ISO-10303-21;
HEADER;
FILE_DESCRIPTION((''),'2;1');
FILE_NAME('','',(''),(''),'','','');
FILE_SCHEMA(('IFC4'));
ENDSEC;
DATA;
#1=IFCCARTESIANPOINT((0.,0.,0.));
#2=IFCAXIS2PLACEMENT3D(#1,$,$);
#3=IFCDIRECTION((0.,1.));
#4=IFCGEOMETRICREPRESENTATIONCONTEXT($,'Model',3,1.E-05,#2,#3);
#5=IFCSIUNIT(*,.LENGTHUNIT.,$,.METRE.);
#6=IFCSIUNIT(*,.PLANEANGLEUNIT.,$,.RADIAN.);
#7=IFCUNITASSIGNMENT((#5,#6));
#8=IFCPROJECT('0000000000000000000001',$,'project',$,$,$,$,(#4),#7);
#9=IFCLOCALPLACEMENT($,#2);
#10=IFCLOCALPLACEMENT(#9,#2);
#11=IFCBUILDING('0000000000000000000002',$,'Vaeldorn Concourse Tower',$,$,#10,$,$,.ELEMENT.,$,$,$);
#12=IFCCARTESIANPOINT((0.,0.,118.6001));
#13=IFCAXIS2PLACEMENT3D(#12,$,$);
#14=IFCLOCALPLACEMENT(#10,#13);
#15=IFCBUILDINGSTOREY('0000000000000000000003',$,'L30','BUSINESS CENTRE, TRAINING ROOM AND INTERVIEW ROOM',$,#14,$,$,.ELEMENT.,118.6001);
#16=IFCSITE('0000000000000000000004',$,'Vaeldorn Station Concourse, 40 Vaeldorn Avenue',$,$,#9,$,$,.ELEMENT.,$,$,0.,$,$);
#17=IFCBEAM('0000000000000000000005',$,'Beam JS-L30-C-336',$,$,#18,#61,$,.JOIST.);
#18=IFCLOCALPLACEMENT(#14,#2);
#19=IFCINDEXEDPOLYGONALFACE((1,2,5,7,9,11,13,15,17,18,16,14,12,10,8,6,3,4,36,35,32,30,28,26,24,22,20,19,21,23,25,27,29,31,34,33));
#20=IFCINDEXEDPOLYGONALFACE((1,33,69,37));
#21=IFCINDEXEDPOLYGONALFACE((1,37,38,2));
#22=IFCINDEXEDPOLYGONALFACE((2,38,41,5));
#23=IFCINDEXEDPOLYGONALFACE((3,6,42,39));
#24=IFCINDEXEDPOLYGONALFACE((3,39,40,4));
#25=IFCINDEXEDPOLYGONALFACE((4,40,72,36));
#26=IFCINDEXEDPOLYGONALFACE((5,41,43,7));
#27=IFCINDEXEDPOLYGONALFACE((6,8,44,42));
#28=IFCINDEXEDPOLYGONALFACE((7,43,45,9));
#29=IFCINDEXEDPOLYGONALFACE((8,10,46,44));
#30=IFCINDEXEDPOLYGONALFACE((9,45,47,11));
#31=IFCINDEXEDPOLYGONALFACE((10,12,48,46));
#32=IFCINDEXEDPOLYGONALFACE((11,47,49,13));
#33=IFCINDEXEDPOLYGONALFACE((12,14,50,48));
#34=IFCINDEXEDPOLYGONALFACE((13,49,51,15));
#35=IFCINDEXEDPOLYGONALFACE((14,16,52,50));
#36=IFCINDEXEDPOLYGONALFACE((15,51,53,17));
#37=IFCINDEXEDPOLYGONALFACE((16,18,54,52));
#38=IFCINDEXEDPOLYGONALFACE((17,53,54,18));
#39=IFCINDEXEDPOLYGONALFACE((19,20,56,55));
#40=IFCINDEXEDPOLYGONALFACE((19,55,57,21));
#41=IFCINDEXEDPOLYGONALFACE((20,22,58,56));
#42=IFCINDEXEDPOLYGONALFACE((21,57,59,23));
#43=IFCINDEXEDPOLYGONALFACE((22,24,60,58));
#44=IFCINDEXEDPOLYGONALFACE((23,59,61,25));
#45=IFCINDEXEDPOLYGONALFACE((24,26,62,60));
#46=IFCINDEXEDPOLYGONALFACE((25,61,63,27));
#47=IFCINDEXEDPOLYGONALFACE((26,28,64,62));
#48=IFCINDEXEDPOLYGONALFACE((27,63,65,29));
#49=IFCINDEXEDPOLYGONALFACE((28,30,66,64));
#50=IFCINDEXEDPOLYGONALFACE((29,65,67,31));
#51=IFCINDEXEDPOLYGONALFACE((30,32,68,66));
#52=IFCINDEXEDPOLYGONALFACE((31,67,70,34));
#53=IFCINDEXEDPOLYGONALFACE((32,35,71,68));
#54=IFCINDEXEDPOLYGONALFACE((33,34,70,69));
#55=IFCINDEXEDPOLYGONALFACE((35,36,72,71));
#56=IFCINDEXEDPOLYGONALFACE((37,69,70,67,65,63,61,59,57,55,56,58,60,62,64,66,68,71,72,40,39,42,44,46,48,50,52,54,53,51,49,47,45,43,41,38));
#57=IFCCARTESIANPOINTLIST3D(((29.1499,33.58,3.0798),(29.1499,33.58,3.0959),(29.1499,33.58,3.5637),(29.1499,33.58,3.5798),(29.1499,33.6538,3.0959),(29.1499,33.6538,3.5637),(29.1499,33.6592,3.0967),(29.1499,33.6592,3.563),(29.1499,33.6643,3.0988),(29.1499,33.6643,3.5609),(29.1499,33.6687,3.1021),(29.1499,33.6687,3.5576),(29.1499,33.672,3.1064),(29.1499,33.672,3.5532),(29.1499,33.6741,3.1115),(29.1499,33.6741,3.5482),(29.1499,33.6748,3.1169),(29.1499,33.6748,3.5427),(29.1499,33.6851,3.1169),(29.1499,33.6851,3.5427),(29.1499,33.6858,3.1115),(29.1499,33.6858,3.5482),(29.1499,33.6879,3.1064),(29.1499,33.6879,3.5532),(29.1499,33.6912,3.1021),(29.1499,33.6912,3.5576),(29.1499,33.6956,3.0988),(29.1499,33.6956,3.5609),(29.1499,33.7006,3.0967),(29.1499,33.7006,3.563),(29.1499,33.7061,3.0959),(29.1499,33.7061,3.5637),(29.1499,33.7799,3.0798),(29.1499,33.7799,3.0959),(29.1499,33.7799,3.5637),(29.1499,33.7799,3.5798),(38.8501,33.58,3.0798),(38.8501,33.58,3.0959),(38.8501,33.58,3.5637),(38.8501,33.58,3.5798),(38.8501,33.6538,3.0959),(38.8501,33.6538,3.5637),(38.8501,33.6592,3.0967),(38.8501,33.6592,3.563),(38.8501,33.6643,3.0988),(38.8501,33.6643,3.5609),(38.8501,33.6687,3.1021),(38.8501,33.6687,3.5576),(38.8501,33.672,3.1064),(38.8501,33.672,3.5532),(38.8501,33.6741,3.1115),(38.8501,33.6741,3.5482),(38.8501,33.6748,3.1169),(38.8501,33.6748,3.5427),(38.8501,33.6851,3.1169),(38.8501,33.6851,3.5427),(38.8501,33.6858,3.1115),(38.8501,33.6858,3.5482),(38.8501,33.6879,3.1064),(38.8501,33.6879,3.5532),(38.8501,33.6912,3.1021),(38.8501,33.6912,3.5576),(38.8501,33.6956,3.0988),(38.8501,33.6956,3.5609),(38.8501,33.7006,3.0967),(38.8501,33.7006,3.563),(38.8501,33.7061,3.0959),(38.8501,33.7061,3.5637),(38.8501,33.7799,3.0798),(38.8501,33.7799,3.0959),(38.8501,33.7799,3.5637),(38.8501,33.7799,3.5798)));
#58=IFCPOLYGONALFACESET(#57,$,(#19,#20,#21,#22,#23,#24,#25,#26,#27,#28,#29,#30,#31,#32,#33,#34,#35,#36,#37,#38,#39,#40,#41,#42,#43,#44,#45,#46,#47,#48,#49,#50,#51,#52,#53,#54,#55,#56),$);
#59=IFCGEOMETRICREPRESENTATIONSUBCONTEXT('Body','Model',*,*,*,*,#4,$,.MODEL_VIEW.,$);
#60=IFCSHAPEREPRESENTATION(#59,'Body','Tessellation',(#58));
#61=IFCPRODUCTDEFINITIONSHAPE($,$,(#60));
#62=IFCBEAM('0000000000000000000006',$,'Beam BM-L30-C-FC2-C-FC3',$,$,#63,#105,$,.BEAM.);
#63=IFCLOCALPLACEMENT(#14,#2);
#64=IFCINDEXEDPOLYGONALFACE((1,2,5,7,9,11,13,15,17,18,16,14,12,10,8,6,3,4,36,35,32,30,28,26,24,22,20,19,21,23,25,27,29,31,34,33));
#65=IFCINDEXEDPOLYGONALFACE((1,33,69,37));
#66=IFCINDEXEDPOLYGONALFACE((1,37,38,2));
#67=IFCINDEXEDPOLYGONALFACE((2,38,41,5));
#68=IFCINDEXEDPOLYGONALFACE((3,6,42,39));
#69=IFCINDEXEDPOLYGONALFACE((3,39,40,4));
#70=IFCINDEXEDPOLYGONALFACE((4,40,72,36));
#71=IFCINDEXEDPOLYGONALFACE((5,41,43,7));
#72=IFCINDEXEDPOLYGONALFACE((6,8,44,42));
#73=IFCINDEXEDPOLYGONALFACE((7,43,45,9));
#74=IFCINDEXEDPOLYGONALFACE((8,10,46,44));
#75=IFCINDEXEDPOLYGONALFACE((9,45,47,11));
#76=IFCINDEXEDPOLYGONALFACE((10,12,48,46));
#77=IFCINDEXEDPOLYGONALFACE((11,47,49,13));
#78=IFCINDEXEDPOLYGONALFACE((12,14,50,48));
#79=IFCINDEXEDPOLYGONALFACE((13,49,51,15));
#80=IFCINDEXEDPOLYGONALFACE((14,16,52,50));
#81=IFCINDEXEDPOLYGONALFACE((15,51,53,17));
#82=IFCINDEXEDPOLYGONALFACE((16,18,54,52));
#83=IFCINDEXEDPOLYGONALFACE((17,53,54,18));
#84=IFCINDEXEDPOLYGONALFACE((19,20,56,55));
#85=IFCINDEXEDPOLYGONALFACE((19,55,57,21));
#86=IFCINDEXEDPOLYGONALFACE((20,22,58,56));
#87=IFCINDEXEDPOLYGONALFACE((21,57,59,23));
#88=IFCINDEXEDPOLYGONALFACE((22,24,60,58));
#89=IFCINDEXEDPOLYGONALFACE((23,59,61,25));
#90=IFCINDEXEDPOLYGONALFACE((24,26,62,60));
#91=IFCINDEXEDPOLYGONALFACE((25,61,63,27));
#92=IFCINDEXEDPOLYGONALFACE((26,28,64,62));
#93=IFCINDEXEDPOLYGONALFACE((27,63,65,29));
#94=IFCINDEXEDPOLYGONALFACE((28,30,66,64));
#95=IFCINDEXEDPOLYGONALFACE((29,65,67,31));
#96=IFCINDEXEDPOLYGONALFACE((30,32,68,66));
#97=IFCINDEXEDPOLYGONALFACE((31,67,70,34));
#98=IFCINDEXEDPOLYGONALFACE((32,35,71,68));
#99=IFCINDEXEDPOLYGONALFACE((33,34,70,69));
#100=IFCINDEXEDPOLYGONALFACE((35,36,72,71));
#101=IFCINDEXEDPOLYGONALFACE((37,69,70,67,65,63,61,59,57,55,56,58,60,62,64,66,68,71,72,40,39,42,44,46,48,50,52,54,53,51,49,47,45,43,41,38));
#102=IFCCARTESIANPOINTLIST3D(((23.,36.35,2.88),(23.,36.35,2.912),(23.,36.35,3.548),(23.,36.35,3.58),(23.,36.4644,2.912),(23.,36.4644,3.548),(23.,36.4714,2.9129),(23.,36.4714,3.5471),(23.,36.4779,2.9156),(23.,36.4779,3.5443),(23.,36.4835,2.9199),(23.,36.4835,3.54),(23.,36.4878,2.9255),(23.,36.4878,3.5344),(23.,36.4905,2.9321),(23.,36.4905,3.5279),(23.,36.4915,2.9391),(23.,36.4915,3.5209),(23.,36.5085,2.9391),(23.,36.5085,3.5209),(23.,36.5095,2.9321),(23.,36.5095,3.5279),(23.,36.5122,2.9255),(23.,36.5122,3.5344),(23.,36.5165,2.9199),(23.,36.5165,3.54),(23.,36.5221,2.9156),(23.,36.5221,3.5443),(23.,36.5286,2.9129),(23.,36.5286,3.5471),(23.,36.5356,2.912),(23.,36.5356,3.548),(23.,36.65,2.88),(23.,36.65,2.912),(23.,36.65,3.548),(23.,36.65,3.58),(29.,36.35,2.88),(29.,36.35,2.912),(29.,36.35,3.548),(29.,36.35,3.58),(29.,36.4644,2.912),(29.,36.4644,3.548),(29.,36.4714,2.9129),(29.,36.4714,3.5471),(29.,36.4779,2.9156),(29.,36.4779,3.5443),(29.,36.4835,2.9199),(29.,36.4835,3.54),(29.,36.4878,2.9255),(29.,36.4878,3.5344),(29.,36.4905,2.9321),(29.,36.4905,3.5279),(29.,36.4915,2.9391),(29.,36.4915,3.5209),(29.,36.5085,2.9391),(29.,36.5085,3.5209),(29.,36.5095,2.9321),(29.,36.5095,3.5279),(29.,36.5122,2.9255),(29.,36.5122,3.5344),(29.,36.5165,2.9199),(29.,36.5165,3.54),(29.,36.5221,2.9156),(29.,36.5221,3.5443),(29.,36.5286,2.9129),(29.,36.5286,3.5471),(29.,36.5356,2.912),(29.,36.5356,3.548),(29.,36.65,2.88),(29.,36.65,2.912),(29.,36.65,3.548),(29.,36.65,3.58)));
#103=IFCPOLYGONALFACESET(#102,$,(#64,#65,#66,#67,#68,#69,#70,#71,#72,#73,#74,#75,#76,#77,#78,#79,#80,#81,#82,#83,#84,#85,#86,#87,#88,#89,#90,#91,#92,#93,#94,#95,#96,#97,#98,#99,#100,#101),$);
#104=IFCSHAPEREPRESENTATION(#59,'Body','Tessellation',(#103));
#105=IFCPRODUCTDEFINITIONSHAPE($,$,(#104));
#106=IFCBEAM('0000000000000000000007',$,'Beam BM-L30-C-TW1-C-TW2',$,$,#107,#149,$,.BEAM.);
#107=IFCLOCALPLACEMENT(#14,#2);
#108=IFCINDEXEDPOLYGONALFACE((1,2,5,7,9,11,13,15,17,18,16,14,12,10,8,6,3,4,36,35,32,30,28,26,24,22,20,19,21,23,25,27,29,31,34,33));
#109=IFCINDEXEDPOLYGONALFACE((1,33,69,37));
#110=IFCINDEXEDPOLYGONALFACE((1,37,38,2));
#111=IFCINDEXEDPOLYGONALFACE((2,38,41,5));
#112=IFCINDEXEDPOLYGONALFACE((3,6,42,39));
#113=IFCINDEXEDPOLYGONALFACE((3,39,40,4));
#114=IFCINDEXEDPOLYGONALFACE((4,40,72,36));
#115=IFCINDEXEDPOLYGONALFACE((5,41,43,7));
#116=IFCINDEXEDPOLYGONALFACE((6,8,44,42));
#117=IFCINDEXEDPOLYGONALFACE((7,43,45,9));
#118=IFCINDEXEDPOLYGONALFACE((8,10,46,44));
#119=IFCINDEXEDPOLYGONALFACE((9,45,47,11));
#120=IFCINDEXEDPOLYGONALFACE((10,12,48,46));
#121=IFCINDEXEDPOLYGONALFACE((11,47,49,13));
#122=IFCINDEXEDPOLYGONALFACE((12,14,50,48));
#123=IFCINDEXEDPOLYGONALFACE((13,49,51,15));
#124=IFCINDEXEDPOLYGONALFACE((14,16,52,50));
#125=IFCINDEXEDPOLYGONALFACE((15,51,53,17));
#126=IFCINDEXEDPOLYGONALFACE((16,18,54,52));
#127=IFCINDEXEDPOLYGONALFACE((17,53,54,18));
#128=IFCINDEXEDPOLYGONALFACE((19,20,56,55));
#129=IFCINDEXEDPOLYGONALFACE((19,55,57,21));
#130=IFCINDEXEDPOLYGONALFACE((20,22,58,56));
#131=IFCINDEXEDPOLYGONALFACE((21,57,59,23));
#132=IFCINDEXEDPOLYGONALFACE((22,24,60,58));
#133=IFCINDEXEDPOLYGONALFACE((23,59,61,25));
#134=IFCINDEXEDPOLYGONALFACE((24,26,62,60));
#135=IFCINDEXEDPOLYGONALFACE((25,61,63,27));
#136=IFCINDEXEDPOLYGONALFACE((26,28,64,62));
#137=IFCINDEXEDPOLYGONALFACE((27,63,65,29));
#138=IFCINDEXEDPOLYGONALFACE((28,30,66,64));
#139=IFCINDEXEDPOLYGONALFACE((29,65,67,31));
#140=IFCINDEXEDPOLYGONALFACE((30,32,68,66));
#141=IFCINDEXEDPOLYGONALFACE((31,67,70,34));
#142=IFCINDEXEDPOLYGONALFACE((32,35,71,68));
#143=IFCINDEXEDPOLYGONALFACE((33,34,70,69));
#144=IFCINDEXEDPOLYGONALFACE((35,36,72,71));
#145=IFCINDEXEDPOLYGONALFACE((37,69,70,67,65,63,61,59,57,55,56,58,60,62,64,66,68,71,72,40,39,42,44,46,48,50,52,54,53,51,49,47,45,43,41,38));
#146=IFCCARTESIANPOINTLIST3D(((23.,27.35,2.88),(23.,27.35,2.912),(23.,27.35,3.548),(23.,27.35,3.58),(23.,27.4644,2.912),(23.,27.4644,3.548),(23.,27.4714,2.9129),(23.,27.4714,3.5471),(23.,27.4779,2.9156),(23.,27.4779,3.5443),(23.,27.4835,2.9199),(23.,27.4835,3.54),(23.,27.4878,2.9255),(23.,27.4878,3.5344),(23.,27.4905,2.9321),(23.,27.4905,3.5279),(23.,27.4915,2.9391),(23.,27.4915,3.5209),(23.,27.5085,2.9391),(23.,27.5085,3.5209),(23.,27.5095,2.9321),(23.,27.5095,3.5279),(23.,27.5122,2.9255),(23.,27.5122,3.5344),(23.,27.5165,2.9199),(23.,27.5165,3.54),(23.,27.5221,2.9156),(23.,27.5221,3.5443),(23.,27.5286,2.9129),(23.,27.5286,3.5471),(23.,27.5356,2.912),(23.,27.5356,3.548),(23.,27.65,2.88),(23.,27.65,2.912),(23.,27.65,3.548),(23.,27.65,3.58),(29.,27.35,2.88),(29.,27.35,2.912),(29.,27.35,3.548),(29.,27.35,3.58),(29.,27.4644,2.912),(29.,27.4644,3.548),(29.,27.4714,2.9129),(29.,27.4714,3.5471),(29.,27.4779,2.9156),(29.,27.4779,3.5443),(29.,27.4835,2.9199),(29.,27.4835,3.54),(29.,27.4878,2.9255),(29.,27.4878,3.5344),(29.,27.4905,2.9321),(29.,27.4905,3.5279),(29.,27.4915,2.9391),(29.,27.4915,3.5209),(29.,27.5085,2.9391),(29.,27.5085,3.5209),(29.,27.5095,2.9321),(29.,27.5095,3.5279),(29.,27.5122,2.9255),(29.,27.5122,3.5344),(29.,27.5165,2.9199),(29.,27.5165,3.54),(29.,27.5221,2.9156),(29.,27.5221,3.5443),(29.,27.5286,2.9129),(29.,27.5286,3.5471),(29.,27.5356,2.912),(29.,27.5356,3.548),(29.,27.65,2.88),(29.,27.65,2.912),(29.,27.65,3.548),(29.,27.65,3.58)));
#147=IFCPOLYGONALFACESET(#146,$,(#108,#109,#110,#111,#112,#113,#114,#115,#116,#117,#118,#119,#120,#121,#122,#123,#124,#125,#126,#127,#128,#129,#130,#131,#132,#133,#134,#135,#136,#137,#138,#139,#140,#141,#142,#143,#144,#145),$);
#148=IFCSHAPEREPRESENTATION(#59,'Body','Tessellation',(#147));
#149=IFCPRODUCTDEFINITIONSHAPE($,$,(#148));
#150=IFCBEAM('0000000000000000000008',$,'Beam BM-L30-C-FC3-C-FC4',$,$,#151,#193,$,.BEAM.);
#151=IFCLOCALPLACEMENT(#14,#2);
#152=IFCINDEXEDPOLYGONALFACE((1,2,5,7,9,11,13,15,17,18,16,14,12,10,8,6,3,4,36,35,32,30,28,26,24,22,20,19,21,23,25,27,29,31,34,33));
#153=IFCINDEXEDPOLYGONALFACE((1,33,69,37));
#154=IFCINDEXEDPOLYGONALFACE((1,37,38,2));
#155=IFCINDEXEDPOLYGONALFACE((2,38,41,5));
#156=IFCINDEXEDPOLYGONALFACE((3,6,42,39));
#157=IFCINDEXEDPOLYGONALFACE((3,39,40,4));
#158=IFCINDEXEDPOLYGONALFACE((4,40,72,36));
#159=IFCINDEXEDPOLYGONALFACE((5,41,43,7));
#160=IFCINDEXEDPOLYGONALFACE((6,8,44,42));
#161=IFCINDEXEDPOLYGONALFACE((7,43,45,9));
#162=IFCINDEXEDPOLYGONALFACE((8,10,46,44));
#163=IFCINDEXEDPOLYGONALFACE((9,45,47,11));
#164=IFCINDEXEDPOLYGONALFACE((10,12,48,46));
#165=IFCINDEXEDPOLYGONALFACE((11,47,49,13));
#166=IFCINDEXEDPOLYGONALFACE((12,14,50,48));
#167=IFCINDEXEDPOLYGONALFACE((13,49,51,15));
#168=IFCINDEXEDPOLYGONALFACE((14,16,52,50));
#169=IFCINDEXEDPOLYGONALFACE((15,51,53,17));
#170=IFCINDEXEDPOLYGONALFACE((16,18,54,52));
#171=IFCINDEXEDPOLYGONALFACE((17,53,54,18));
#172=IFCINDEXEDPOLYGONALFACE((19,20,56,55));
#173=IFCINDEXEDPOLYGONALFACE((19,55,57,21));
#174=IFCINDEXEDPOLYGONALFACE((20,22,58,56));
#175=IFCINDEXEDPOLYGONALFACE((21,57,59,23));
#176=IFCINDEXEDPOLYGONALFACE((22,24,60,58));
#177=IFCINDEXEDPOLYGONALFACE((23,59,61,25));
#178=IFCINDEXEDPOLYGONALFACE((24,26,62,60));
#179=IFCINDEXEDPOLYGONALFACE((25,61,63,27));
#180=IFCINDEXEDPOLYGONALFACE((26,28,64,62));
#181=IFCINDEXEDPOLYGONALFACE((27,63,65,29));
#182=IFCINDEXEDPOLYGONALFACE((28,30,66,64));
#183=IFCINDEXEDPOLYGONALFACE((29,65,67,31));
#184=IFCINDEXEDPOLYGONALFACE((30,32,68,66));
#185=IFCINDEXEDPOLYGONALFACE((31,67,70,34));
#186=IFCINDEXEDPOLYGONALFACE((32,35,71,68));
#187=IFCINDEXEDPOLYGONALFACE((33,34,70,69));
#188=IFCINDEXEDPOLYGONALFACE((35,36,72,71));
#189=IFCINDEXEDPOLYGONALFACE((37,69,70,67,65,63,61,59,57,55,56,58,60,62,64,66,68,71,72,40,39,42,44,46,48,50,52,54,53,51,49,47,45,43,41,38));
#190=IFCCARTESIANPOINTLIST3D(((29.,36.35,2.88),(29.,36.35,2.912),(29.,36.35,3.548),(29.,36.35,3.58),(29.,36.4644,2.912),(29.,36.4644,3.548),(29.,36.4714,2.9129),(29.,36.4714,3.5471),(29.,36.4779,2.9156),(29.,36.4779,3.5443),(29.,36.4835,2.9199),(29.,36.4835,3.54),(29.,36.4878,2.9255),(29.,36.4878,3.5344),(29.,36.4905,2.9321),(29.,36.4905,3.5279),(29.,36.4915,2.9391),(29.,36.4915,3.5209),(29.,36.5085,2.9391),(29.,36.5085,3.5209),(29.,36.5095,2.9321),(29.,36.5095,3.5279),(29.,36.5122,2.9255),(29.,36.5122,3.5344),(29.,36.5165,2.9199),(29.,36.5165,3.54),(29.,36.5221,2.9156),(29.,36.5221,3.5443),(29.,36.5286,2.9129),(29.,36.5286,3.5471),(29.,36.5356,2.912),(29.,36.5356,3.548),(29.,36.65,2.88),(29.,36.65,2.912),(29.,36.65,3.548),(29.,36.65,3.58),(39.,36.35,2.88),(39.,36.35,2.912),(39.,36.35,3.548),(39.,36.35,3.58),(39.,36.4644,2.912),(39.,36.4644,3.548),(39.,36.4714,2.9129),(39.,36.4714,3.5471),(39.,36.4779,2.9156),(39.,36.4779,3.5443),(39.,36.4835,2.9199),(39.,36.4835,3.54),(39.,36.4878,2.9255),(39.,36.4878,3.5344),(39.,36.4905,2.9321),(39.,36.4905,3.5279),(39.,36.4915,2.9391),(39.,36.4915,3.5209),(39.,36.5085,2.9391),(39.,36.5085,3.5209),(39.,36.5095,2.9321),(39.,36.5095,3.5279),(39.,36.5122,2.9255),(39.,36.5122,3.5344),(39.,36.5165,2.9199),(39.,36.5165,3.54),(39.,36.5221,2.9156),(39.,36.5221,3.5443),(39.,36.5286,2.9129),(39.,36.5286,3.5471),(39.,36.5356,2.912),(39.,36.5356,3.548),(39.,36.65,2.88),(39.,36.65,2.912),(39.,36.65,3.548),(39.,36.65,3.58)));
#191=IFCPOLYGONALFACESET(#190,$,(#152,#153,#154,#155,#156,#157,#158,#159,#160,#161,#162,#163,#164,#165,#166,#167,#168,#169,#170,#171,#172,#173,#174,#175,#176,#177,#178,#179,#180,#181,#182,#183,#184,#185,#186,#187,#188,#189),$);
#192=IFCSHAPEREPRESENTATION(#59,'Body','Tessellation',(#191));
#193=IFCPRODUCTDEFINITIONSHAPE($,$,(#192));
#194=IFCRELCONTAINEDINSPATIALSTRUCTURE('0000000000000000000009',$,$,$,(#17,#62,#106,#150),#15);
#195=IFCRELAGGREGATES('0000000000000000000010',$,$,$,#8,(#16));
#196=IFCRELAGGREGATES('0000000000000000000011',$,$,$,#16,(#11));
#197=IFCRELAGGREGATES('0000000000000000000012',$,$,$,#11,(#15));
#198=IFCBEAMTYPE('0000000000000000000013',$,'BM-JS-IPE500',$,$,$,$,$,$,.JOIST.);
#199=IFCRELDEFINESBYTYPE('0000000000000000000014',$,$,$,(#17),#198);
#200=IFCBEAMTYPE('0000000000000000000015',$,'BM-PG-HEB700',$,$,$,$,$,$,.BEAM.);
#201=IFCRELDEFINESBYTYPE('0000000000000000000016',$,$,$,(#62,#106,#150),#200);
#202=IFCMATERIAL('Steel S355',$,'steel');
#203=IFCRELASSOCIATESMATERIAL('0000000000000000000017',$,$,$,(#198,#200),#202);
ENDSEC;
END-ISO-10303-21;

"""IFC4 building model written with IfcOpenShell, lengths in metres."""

from ifc_helpers import new_model, si_unit, direction, frame, origin, origin_2d, place, context, subcontext, project, spatial, i_section, extrude, source, transform, mapped, material, material_profile, profile_set, type_object, element, save


model = new_model("IFC4")

# Units and contexts
model_context = context("Model", 3, precision=1e-05, world=origin(), true_north=direction((0.0, 1.0)))
body_context = subcontext(model_context, "Body", "Model", "MODEL_VIEW")
ifc_project = project(units=[si_unit("LENGTHUNIT", "METRE"), si_unit("PLANEANGLEUNIT", "RADIAN")], contexts=[model_context])

# Site, building, storey
site_placement = place(None, origin())
site = spatial("IfcSite", under=ifc_project, at=site_placement, Name="Vaeldorn Station Concourse, 40 Vaeldorn Avenue", CompositionType="ELEMENT", RefElevation=0.0)
building_placement = place(site_placement, origin())
building = spatial("IfcBuilding", under=site, at=building_placement, Name="Vaeldorn Concourse Tower", CompositionType="ELEMENT")
storey_placement = place(building_placement, frame((0.0, 0.0, 118.6001)))
storey = spatial("IfcBuildingStorey", under=building, at=storey_placement, Name="L30", Description="BUSINESS CENTRE, TRAINING ROOM AND INTERVIEW ROOM", CompositionType="ELEMENT", Elevation=118.6001)

# Beams
ifc_material_1 = material(Name="Steel S355", Category="steel")
ifc_material_profile_1 = material_profile(ifc_material_1, i_section(OverallWidth=0.2, OverallDepth=0.5, WebThickness=0.0103, FlangeThickness=0.0161, FilletRadius=0.021, at=origin_2d()), Name="IPE 500")
ifc_profile_set_1 = profile_set([ifc_material_profile_1], Name="Steel S355")
beam_type_1 = type_object("IfcBeamType", Name="BM-JS-IPE500", PredefinedType="JOIST", material=ifc_profile_set_1)
shared_shape_1 = source(origin(), body_context, "Body", "SweptSolid", [
    extrude(i_section(OverallWidth=0.2, OverallDepth=0.5, WebThickness=0.0103, FlangeThickness=0.0161, FilletRadius=0.021, at=origin_2d()), origin(), (0.0, 0.0, 1.0), 9.7002),
])
for number, where, z_axis, x_axis, name in (
    (1, (29.1499, 33.6799, 3.3298), (1.0, 0.0, 0.0), (0.0, 1.0, 0.0), "Beam JS-L30-C-336"),
):
    element("IfcBeam", number, at=place(storey_placement, frame(where, z_axis=z_axis, x_axis=x_axis)), inside=storey, type_object=beam_type_1, Name=name, PredefinedType="JOIST", context=body_context, shape_type="MappedRepresentation", body=[
        mapped(shared_shape_1, transform((0.0, 0.0, 0.0), scale=1.0)),
    ])
ifc_material_profile_2 = material_profile(ifc_material_1, i_section(OverallWidth=0.3, OverallDepth=0.7, WebThickness=0.0171, FlangeThickness=0.032, FilletRadius=0.0271, at=origin_2d()), Name="HEB 700")
ifc_profile_set_2 = profile_set([ifc_material_profile_2], Name="Steel S355")
beam_type_2 = type_object("IfcBeamType", Name="BM-PG-HEB700", PredefinedType="BEAM", material=ifc_profile_set_2)
shared_shape_2 = source(origin(), body_context, "Body", "SweptSolid", [
    extrude(i_section(OverallWidth=0.3, OverallDepth=0.7, WebThickness=0.0171, FlangeThickness=0.032, FilletRadius=0.0271, at=origin_2d()), origin(), (0.0, 0.0, 1.0), 6.0),
])
for number, where, z_axis, x_axis, name in (
    (2, (23.0, 36.5, 3.23), (1.0, 0.0, 0.0), (0.0, 1.0, 0.0), "Beam BM-L30-C-FC2-C-FC3"),
    (3, (23.0, 27.5, 3.23), (1.0, 0.0, 0.0), (0.0, 1.0, 0.0), "Beam BM-L30-C-TW1-C-TW2"),
):
    element("IfcBeam", number, at=place(storey_placement, frame(where, z_axis=z_axis, x_axis=x_axis)), inside=storey, type_object=beam_type_2, Name=name, PredefinedType="BEAM", context=body_context, shape_type="MappedRepresentation", body=[
        mapped(shared_shape_2, transform((0.0, 0.0, 0.0), scale=1.0)),
    ])
shared_shape_3 = source(origin(), body_context, "Body", "SweptSolid", [
    extrude(i_section(OverallWidth=0.3, OverallDepth=0.7, WebThickness=0.0171, FlangeThickness=0.032, FilletRadius=0.0271, at=origin_2d()), origin(), (0.0, 0.0, 1.0), 10.0),
])
for number, where, z_axis, x_axis, name in (
    (4, (29.0, 36.5, 3.23), (1.0, 0.0, 0.0), (0.0, 1.0, 0.0), "Beam BM-L30-C-FC3-C-FC4"),
):
    element("IfcBeam", number, at=place(storey_placement, frame(where, z_axis=z_axis, x_axis=x_axis)), inside=storey, type_object=beam_type_2, Name=name, PredefinedType="BEAM", context=body_context, shape_type="MappedRepresentation", body=[
        mapped(shared_shape_3, transform((0.0, 0.0, 0.0), scale=1.0)),
    ])

save(model, "model.ifc")
